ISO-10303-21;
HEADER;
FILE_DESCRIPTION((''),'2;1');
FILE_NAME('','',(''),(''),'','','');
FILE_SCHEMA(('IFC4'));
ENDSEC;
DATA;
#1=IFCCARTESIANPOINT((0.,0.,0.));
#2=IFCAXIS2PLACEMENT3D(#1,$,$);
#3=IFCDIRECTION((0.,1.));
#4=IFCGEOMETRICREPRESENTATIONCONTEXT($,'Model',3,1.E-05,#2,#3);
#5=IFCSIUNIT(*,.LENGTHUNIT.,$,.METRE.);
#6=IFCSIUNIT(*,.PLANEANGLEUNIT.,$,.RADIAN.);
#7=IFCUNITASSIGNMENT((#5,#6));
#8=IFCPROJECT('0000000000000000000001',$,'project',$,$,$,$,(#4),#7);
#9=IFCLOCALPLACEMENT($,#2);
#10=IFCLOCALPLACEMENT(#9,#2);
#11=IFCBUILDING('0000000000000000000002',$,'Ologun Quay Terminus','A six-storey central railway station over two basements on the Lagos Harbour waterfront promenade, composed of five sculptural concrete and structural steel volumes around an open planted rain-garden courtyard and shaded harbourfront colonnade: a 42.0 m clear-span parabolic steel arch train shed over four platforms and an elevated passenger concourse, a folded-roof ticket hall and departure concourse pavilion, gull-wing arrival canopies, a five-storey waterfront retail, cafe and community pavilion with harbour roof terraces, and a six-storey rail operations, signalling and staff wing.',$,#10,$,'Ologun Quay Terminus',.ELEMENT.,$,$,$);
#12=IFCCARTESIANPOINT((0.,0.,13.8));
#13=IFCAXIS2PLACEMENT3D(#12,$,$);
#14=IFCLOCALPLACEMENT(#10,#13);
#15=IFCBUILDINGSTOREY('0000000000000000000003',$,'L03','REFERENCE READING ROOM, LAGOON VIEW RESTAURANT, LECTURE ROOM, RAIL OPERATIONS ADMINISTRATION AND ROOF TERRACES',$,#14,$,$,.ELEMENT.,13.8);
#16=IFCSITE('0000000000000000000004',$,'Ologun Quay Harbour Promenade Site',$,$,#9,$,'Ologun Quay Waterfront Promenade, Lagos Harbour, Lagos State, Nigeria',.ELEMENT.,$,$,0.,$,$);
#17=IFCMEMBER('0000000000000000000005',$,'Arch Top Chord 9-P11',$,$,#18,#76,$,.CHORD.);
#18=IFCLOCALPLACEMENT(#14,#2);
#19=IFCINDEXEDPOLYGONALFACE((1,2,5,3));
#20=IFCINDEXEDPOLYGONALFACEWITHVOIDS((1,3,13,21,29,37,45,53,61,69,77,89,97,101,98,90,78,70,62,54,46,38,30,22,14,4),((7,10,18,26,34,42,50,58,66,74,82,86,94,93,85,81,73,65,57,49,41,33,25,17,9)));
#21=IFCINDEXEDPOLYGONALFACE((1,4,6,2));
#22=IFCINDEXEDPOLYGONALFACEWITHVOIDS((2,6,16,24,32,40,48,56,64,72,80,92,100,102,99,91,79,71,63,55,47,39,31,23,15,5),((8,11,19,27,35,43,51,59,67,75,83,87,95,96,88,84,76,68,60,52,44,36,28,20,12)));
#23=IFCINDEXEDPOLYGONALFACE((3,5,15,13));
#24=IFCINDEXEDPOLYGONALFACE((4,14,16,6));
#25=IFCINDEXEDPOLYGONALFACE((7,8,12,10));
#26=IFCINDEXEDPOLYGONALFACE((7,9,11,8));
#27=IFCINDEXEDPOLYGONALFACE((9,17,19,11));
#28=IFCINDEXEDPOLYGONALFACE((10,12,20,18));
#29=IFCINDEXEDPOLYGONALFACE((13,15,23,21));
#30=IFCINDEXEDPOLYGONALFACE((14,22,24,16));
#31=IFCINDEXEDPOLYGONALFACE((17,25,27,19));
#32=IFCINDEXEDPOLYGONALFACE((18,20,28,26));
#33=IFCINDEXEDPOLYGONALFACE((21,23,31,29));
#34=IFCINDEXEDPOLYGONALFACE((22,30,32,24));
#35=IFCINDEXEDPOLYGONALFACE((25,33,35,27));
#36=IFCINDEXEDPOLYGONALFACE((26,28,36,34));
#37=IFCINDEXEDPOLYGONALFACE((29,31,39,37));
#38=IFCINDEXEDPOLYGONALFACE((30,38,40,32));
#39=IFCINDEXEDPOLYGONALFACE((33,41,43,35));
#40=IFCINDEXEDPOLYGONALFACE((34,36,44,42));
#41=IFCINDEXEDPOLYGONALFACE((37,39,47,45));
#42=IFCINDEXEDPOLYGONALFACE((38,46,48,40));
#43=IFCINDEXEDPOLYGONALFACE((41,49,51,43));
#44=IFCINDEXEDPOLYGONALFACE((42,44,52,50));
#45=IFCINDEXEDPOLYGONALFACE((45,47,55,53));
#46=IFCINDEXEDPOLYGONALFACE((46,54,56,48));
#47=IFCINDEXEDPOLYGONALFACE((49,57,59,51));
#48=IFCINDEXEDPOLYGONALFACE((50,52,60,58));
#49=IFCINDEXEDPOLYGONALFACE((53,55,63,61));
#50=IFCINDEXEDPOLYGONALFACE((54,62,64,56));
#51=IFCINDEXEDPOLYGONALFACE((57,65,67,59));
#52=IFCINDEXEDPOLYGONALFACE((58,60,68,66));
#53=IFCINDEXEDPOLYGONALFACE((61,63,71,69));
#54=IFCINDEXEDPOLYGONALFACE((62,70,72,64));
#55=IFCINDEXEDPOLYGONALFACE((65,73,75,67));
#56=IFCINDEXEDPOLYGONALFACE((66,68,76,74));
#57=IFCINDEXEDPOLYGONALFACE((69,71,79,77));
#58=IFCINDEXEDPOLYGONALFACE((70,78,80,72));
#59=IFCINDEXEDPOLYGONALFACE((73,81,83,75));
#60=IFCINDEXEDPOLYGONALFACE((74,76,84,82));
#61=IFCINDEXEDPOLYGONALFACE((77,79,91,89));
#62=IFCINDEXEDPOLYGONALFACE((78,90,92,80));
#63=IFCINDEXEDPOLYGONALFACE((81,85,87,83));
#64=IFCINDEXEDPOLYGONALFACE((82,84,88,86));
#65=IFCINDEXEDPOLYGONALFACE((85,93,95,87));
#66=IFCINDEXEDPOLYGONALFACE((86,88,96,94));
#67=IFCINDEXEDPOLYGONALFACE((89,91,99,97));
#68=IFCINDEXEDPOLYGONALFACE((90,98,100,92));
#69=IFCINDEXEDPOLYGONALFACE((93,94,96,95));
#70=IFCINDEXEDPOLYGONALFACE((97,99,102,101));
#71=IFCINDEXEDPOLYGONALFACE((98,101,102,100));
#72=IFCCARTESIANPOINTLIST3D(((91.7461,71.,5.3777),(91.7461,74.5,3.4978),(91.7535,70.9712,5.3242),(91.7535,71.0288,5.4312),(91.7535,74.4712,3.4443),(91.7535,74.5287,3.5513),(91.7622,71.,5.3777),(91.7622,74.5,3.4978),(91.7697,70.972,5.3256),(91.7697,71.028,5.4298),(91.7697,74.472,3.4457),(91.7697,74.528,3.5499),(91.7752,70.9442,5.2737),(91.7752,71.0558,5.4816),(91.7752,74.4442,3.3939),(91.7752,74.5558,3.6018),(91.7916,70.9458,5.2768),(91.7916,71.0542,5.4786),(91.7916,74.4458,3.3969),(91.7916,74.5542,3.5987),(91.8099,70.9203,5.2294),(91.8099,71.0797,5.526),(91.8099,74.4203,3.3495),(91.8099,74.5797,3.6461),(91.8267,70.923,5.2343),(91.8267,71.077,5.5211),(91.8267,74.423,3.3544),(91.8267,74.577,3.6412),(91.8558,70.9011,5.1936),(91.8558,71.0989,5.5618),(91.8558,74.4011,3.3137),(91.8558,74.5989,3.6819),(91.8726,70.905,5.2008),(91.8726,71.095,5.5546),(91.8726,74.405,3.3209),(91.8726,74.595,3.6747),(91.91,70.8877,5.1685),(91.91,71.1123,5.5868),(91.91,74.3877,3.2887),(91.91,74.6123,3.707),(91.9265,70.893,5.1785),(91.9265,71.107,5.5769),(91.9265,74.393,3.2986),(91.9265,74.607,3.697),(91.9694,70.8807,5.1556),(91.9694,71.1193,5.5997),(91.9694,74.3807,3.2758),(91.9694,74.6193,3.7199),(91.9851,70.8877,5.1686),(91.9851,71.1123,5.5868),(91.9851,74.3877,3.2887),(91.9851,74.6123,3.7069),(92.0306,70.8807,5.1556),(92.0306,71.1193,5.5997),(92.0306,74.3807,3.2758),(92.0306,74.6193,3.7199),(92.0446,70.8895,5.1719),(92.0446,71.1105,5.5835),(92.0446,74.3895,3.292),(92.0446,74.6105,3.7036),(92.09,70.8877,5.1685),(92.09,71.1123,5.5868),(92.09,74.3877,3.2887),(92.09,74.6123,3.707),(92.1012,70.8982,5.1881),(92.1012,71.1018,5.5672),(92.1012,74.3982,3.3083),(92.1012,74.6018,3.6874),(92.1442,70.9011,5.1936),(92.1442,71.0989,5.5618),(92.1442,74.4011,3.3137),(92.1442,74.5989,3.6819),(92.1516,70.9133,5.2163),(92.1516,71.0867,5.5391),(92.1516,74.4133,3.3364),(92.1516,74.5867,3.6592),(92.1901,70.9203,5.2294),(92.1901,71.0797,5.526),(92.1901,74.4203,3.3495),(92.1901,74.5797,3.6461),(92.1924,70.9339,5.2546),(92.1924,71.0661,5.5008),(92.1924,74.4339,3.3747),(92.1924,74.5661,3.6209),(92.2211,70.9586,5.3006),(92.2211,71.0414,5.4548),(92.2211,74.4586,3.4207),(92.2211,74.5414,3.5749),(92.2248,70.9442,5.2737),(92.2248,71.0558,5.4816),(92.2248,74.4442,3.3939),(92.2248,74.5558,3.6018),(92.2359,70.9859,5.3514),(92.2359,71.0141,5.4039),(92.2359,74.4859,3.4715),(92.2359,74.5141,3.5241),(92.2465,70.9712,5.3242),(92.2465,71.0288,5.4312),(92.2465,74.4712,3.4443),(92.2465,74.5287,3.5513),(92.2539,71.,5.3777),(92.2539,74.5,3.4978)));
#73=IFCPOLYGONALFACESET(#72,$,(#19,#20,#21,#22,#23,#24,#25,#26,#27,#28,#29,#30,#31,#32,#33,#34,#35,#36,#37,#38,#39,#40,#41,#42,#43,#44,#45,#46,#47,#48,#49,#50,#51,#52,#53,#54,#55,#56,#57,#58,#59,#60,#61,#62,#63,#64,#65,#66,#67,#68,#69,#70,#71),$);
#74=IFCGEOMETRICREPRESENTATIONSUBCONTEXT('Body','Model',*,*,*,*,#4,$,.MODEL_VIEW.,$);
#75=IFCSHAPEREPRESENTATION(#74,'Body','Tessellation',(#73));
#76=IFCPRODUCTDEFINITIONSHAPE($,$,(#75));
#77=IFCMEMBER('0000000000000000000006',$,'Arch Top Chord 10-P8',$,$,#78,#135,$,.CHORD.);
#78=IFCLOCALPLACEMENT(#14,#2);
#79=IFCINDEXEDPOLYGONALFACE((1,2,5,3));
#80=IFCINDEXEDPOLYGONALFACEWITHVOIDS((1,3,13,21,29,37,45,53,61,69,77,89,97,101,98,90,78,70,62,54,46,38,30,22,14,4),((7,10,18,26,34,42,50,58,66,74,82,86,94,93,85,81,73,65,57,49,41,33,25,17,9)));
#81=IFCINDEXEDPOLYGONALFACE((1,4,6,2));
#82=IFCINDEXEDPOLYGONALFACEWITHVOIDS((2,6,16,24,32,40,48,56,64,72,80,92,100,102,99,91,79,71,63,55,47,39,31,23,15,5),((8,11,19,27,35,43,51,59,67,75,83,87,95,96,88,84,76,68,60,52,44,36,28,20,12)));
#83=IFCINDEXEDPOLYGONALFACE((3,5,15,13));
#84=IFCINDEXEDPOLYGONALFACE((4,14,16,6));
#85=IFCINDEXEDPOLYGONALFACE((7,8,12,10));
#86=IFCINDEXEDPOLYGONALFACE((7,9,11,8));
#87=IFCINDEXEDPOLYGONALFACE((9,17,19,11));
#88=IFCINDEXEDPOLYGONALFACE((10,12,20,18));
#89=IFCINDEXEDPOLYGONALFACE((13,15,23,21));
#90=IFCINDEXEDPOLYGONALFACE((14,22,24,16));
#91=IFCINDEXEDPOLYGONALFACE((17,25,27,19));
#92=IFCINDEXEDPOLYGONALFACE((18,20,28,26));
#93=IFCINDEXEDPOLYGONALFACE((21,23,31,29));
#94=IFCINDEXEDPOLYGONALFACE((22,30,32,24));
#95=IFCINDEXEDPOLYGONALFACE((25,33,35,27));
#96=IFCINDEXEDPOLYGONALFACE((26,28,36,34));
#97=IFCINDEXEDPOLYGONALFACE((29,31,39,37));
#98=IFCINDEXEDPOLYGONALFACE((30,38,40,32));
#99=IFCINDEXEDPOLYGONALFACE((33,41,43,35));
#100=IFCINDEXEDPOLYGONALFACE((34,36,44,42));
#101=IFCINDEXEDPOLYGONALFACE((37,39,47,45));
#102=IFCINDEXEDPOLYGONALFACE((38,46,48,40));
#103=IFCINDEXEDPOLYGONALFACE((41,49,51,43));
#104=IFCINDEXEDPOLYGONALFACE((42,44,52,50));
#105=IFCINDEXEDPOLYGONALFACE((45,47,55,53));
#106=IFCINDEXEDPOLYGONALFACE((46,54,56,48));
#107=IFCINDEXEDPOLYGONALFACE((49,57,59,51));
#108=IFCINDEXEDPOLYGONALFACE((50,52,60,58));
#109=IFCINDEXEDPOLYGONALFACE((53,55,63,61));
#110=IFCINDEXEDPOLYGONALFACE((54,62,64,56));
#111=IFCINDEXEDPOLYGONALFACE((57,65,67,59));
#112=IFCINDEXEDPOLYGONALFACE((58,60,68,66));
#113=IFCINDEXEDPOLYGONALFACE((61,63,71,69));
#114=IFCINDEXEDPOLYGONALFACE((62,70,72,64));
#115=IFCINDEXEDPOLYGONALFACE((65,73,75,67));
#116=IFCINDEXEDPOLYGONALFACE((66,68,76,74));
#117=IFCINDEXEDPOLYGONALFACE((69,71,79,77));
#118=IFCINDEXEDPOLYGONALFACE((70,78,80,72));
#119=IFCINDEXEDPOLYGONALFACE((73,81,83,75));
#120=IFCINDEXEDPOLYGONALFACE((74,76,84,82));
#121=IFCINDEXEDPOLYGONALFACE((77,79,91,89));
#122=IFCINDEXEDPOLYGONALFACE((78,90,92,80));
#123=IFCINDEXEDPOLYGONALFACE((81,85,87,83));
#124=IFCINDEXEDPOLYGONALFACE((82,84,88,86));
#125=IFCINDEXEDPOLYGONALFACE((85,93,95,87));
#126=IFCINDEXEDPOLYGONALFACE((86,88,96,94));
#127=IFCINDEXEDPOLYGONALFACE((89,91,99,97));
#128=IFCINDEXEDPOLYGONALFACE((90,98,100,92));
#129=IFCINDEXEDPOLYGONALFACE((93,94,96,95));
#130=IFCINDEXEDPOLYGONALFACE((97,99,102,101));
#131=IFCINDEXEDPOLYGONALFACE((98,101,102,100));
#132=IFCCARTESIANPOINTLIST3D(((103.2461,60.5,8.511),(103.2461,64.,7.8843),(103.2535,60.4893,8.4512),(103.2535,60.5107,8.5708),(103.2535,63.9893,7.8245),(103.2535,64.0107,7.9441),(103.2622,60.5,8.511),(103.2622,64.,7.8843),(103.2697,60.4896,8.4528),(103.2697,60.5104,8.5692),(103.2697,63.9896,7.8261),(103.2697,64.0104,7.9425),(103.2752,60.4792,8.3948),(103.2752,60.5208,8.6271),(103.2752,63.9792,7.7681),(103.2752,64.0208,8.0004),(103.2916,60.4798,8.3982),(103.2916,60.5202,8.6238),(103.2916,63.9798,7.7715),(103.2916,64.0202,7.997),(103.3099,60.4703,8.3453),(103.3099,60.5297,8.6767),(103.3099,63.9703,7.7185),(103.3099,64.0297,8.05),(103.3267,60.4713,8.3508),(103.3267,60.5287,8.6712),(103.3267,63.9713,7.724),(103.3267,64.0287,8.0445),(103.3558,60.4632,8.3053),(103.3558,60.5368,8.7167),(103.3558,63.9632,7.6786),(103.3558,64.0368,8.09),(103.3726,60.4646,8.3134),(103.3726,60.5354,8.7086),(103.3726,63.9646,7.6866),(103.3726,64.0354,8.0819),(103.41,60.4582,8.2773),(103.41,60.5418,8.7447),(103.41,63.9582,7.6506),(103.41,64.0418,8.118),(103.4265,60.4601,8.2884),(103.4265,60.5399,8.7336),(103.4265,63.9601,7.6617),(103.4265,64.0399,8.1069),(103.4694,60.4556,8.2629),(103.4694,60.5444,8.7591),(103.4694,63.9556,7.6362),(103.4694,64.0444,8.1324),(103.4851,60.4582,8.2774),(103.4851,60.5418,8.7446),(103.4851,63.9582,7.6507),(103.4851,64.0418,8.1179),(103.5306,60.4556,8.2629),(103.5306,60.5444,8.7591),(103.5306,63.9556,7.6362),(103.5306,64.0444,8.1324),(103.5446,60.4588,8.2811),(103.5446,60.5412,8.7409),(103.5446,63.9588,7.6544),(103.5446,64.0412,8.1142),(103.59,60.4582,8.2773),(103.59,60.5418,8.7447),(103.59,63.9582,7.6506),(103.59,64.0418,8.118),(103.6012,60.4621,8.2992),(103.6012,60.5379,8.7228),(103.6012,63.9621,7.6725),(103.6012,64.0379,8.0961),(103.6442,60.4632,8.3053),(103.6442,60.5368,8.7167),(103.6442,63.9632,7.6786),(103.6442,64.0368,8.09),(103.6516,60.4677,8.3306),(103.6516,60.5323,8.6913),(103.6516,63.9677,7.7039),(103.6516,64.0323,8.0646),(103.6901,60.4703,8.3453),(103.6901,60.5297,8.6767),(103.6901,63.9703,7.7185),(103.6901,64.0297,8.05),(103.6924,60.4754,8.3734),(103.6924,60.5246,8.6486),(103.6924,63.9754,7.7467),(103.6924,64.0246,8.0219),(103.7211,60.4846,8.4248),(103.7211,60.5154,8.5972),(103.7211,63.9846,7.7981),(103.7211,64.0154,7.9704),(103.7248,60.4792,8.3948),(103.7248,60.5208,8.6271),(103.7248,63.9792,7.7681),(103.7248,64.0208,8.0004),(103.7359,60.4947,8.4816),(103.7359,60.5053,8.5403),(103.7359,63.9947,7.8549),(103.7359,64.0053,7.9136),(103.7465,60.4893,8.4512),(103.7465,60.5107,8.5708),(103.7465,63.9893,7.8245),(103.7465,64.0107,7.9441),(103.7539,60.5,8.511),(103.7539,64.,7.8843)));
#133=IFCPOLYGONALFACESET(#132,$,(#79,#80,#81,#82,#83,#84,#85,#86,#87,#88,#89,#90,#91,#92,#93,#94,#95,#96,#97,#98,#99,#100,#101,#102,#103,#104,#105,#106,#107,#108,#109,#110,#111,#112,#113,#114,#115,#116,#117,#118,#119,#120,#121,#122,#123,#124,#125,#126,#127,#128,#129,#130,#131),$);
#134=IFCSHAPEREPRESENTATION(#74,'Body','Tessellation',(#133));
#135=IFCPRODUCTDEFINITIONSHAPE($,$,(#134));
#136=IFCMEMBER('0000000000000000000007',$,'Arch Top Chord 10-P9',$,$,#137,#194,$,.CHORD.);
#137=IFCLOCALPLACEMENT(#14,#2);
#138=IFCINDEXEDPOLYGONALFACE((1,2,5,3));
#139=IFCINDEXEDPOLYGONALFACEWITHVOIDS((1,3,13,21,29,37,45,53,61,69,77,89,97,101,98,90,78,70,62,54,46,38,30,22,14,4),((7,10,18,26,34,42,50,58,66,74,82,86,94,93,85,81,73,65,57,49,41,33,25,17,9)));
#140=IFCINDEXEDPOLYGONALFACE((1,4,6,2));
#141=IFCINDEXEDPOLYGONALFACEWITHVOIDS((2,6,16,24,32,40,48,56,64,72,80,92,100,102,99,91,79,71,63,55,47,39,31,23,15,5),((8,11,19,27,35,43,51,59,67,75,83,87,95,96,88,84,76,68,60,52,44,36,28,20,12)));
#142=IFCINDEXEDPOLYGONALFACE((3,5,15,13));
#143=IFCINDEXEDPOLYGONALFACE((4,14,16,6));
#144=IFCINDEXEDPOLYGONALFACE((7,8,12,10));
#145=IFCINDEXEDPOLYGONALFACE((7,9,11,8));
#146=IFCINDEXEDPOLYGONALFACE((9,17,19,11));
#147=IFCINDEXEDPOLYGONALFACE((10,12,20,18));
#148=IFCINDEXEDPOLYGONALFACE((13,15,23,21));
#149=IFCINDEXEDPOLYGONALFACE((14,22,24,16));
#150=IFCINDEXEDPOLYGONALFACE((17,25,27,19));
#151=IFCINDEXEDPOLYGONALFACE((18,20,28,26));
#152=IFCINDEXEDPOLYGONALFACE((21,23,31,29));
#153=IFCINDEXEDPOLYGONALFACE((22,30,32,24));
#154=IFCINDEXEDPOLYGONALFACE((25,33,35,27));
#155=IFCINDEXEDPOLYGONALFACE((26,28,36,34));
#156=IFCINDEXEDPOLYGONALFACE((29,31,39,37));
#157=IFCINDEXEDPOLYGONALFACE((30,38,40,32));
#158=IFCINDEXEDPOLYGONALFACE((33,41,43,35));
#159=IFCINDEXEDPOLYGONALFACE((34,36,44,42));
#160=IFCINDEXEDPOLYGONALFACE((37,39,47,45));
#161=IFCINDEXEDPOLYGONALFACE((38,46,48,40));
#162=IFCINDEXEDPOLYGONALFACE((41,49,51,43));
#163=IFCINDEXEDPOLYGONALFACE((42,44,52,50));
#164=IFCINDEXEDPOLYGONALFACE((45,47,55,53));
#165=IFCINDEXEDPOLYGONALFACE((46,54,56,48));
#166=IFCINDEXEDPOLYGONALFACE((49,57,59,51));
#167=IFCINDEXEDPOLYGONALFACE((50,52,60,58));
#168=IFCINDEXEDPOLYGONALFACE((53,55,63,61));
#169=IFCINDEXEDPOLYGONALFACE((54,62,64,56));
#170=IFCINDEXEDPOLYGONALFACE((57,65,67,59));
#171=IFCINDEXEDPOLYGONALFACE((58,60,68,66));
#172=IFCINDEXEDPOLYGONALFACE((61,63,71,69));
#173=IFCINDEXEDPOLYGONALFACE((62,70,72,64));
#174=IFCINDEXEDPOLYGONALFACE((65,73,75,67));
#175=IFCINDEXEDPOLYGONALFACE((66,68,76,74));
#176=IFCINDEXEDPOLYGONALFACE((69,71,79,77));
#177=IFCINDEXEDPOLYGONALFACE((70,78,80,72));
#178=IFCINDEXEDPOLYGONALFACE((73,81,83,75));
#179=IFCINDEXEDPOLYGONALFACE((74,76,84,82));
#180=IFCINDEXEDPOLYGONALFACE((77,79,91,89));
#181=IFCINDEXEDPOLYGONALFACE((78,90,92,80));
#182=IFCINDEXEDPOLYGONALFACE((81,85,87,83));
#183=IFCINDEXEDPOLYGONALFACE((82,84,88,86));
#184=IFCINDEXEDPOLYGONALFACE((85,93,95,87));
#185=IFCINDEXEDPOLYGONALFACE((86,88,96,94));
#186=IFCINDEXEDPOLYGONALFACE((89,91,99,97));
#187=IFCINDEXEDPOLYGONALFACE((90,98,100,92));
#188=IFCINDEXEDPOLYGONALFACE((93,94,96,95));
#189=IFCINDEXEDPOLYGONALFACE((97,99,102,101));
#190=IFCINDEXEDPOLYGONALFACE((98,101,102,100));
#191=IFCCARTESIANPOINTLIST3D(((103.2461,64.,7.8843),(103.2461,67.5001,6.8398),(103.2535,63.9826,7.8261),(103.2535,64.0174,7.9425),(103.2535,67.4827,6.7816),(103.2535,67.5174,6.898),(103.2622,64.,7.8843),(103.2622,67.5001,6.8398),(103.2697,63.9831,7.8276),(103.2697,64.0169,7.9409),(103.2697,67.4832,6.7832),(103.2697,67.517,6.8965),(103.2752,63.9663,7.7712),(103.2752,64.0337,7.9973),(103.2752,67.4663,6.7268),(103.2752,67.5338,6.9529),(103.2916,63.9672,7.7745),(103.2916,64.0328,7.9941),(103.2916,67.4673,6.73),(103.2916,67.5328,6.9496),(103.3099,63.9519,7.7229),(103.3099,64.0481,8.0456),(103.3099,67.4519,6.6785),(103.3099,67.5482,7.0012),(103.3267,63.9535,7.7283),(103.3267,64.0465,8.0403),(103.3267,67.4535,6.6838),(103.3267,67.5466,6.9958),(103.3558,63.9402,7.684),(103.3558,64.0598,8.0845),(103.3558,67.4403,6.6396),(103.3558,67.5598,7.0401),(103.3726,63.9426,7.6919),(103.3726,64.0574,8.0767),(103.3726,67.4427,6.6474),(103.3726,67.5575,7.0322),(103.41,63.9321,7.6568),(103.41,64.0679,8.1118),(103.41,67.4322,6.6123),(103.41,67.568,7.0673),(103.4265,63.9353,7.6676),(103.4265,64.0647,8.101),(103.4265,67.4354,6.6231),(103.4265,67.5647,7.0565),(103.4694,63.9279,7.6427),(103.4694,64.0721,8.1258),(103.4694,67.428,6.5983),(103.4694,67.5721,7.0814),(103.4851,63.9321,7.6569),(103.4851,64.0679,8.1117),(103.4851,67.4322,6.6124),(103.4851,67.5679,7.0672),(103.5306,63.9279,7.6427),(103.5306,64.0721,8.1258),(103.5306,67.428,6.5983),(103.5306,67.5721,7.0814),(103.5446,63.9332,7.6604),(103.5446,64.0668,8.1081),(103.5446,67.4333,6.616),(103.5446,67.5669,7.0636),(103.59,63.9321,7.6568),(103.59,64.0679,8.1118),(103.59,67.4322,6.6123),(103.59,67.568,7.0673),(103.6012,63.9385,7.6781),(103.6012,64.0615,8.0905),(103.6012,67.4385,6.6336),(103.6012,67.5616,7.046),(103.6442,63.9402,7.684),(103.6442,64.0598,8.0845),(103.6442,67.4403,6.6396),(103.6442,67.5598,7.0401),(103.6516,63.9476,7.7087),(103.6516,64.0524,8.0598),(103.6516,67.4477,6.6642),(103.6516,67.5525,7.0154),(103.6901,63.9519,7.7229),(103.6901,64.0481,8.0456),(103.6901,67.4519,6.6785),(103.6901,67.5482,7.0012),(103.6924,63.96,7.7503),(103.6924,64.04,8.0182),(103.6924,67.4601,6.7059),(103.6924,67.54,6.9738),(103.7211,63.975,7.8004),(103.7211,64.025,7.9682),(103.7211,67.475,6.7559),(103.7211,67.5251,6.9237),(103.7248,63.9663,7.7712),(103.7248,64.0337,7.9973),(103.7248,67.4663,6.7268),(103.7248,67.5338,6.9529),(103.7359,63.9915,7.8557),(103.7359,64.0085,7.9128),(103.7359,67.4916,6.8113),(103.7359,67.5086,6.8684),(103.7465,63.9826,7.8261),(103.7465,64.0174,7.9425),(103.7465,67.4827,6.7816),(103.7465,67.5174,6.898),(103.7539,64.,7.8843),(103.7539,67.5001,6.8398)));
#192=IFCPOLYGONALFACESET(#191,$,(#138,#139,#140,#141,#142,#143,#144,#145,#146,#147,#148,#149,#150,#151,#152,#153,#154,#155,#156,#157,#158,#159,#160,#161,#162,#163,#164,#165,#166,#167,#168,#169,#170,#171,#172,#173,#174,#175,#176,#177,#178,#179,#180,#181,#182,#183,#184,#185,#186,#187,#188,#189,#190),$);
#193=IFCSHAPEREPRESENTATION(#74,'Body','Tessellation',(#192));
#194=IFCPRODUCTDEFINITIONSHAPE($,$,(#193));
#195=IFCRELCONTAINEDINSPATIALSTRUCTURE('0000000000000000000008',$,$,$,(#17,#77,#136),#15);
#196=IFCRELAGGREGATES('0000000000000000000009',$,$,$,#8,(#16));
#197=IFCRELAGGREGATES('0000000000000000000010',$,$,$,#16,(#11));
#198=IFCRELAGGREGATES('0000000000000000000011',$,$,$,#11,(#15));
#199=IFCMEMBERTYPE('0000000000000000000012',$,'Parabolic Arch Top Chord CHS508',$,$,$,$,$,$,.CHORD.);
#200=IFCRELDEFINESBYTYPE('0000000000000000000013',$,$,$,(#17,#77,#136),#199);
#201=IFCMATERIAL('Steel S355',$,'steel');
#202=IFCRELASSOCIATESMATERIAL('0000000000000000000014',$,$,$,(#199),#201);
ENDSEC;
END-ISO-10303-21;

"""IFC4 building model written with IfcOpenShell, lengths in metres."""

from ifc_helpers import new_model, si_unit, direction, frame, origin, origin_2d, place, context, subcontext, project, spatial, hollow_circle, extrude, material, material_profile, profile_set, type_object, element, save


model = new_model("IFC4")

# Units and contexts
model_context = context("Model", 3, precision=1e-05, world=origin(), true_north=direction((0.0, 1.0)))
body_context = subcontext(model_context, "Body", "Model", "MODEL_VIEW")
ifc_project = project(units=[si_unit("LENGTHUNIT", "METRE"), si_unit("PLANEANGLEUNIT", "RADIAN")], contexts=[model_context])

# Site, building, storey
site_placement = place(None, origin())
site = spatial("IfcSite", under=ifc_project, at=site_placement, Name="Ologun Quay Harbour Promenade Site", LongName="Ologun Quay Waterfront Promenade, Lagos Harbour, Lagos State, Nigeria", CompositionType="ELEMENT", RefElevation=0.0)
building_placement = place(site_placement, origin())
building = spatial("IfcBuilding", under=site, at=building_placement, Name="Ologun Quay Terminus", Description="A six-storey central railway station over two basements on the Lagos Harbour waterfront promenade, composed of five sculptural concrete and structural steel volumes around an open planted rain-garden courtyard and shaded harbourfront colonnade: a 42.0 m clear-span parabolic steel arch train shed over four platforms and an elevated passenger concourse, a folded-roof ticket hall and departure concourse pavilion, gull-wing arrival canopies, a five-storey waterfront retail, cafe and community pavilion with harbour roof terraces, and a six-storey rail operations, signalling and staff wing.", LongName="Ologun Quay Terminus", CompositionType="ELEMENT")
storey_placement = place(building_placement, frame((0.0, 0.0, 13.8)))
storey = spatial("IfcBuildingStorey", under=building, at=storey_placement, Name="L03", Description="REFERENCE READING ROOM, LAGOON VIEW RESTAURANT, LECTURE ROOM, RAIL OPERATIONS ADMINISTRATION AND ROOF TERRACES", CompositionType="ELEMENT", Elevation=13.8)

# Members
ifc_material_1 = material(Name="Steel S355", Category="steel")
ifc_material_profile_1 = material_profile(ifc_material_1, hollow_circle(Radius=0.2539, WallThickness=0.0161, at=origin_2d()), Name="CHS 508x16")
ifc_profile_set_1 = profile_set([ifc_material_profile_1], Name="Steel S355")
member_type_1 = type_object("IfcMemberType", Name="Parabolic Arch Top Chord CHS508", PredefinedType="CHORD", material=ifc_profile_set_1)
member_1_placement = place(storey_placement, frame((92.0, 71.0, 5.3777), z_axis=(0.0, 0.880968, -0.473176), x_axis=(-1.0, 0.0, 0.0)))
element("IfcMember", 1, at=member_1_placement, inside=storey, type_object=member_type_1, Name="Arch Top Chord 9-P11", PredefinedType="CHORD", context=body_context, shape_type="SweptSolid", body=[
    extrude(hollow_circle(Radius=0.2539, WallThickness=0.0161, at=origin_2d()), origin(), (0.0, 0.0, 1.0), 3.9729),
])
member_2_placement = place(storey_placement, frame((103.5, 60.5, 8.511), z_axis=(0.0, 0.984344, -0.176256), x_axis=(-1.0, 0.0, 0.0)))
element("IfcMember", 2, at=member_2_placement, inside=storey, type_object=member_type_1, Name="Arch Top Chord 10-P8", PredefinedType="CHORD", context=body_context, shape_type="SweptSolid", body=[
    extrude(hollow_circle(Radius=0.2539, WallThickness=0.0161, at=origin_2d()), origin(), (0.0, 0.0, 1.0), 3.5557),
])
member_3_placement = place(storey_placement, frame((103.5, 64.0, 7.8843), z_axis=(0.0, 0.958245, -0.285949), x_axis=(-1.0, 0.0, 0.0)))
element("IfcMember", 3, at=member_3_placement, inside=storey, type_object=member_type_1, Name="Arch Top Chord 10-P9", PredefinedType="CHORD", context=body_context, shape_type="SweptSolid", body=[
    extrude(hollow_circle(Radius=0.2539, WallThickness=0.0161, at=origin_2d()), origin(), (0.0, 0.0, 1.0), 3.6526),
])

save(model, "model.ifc")
